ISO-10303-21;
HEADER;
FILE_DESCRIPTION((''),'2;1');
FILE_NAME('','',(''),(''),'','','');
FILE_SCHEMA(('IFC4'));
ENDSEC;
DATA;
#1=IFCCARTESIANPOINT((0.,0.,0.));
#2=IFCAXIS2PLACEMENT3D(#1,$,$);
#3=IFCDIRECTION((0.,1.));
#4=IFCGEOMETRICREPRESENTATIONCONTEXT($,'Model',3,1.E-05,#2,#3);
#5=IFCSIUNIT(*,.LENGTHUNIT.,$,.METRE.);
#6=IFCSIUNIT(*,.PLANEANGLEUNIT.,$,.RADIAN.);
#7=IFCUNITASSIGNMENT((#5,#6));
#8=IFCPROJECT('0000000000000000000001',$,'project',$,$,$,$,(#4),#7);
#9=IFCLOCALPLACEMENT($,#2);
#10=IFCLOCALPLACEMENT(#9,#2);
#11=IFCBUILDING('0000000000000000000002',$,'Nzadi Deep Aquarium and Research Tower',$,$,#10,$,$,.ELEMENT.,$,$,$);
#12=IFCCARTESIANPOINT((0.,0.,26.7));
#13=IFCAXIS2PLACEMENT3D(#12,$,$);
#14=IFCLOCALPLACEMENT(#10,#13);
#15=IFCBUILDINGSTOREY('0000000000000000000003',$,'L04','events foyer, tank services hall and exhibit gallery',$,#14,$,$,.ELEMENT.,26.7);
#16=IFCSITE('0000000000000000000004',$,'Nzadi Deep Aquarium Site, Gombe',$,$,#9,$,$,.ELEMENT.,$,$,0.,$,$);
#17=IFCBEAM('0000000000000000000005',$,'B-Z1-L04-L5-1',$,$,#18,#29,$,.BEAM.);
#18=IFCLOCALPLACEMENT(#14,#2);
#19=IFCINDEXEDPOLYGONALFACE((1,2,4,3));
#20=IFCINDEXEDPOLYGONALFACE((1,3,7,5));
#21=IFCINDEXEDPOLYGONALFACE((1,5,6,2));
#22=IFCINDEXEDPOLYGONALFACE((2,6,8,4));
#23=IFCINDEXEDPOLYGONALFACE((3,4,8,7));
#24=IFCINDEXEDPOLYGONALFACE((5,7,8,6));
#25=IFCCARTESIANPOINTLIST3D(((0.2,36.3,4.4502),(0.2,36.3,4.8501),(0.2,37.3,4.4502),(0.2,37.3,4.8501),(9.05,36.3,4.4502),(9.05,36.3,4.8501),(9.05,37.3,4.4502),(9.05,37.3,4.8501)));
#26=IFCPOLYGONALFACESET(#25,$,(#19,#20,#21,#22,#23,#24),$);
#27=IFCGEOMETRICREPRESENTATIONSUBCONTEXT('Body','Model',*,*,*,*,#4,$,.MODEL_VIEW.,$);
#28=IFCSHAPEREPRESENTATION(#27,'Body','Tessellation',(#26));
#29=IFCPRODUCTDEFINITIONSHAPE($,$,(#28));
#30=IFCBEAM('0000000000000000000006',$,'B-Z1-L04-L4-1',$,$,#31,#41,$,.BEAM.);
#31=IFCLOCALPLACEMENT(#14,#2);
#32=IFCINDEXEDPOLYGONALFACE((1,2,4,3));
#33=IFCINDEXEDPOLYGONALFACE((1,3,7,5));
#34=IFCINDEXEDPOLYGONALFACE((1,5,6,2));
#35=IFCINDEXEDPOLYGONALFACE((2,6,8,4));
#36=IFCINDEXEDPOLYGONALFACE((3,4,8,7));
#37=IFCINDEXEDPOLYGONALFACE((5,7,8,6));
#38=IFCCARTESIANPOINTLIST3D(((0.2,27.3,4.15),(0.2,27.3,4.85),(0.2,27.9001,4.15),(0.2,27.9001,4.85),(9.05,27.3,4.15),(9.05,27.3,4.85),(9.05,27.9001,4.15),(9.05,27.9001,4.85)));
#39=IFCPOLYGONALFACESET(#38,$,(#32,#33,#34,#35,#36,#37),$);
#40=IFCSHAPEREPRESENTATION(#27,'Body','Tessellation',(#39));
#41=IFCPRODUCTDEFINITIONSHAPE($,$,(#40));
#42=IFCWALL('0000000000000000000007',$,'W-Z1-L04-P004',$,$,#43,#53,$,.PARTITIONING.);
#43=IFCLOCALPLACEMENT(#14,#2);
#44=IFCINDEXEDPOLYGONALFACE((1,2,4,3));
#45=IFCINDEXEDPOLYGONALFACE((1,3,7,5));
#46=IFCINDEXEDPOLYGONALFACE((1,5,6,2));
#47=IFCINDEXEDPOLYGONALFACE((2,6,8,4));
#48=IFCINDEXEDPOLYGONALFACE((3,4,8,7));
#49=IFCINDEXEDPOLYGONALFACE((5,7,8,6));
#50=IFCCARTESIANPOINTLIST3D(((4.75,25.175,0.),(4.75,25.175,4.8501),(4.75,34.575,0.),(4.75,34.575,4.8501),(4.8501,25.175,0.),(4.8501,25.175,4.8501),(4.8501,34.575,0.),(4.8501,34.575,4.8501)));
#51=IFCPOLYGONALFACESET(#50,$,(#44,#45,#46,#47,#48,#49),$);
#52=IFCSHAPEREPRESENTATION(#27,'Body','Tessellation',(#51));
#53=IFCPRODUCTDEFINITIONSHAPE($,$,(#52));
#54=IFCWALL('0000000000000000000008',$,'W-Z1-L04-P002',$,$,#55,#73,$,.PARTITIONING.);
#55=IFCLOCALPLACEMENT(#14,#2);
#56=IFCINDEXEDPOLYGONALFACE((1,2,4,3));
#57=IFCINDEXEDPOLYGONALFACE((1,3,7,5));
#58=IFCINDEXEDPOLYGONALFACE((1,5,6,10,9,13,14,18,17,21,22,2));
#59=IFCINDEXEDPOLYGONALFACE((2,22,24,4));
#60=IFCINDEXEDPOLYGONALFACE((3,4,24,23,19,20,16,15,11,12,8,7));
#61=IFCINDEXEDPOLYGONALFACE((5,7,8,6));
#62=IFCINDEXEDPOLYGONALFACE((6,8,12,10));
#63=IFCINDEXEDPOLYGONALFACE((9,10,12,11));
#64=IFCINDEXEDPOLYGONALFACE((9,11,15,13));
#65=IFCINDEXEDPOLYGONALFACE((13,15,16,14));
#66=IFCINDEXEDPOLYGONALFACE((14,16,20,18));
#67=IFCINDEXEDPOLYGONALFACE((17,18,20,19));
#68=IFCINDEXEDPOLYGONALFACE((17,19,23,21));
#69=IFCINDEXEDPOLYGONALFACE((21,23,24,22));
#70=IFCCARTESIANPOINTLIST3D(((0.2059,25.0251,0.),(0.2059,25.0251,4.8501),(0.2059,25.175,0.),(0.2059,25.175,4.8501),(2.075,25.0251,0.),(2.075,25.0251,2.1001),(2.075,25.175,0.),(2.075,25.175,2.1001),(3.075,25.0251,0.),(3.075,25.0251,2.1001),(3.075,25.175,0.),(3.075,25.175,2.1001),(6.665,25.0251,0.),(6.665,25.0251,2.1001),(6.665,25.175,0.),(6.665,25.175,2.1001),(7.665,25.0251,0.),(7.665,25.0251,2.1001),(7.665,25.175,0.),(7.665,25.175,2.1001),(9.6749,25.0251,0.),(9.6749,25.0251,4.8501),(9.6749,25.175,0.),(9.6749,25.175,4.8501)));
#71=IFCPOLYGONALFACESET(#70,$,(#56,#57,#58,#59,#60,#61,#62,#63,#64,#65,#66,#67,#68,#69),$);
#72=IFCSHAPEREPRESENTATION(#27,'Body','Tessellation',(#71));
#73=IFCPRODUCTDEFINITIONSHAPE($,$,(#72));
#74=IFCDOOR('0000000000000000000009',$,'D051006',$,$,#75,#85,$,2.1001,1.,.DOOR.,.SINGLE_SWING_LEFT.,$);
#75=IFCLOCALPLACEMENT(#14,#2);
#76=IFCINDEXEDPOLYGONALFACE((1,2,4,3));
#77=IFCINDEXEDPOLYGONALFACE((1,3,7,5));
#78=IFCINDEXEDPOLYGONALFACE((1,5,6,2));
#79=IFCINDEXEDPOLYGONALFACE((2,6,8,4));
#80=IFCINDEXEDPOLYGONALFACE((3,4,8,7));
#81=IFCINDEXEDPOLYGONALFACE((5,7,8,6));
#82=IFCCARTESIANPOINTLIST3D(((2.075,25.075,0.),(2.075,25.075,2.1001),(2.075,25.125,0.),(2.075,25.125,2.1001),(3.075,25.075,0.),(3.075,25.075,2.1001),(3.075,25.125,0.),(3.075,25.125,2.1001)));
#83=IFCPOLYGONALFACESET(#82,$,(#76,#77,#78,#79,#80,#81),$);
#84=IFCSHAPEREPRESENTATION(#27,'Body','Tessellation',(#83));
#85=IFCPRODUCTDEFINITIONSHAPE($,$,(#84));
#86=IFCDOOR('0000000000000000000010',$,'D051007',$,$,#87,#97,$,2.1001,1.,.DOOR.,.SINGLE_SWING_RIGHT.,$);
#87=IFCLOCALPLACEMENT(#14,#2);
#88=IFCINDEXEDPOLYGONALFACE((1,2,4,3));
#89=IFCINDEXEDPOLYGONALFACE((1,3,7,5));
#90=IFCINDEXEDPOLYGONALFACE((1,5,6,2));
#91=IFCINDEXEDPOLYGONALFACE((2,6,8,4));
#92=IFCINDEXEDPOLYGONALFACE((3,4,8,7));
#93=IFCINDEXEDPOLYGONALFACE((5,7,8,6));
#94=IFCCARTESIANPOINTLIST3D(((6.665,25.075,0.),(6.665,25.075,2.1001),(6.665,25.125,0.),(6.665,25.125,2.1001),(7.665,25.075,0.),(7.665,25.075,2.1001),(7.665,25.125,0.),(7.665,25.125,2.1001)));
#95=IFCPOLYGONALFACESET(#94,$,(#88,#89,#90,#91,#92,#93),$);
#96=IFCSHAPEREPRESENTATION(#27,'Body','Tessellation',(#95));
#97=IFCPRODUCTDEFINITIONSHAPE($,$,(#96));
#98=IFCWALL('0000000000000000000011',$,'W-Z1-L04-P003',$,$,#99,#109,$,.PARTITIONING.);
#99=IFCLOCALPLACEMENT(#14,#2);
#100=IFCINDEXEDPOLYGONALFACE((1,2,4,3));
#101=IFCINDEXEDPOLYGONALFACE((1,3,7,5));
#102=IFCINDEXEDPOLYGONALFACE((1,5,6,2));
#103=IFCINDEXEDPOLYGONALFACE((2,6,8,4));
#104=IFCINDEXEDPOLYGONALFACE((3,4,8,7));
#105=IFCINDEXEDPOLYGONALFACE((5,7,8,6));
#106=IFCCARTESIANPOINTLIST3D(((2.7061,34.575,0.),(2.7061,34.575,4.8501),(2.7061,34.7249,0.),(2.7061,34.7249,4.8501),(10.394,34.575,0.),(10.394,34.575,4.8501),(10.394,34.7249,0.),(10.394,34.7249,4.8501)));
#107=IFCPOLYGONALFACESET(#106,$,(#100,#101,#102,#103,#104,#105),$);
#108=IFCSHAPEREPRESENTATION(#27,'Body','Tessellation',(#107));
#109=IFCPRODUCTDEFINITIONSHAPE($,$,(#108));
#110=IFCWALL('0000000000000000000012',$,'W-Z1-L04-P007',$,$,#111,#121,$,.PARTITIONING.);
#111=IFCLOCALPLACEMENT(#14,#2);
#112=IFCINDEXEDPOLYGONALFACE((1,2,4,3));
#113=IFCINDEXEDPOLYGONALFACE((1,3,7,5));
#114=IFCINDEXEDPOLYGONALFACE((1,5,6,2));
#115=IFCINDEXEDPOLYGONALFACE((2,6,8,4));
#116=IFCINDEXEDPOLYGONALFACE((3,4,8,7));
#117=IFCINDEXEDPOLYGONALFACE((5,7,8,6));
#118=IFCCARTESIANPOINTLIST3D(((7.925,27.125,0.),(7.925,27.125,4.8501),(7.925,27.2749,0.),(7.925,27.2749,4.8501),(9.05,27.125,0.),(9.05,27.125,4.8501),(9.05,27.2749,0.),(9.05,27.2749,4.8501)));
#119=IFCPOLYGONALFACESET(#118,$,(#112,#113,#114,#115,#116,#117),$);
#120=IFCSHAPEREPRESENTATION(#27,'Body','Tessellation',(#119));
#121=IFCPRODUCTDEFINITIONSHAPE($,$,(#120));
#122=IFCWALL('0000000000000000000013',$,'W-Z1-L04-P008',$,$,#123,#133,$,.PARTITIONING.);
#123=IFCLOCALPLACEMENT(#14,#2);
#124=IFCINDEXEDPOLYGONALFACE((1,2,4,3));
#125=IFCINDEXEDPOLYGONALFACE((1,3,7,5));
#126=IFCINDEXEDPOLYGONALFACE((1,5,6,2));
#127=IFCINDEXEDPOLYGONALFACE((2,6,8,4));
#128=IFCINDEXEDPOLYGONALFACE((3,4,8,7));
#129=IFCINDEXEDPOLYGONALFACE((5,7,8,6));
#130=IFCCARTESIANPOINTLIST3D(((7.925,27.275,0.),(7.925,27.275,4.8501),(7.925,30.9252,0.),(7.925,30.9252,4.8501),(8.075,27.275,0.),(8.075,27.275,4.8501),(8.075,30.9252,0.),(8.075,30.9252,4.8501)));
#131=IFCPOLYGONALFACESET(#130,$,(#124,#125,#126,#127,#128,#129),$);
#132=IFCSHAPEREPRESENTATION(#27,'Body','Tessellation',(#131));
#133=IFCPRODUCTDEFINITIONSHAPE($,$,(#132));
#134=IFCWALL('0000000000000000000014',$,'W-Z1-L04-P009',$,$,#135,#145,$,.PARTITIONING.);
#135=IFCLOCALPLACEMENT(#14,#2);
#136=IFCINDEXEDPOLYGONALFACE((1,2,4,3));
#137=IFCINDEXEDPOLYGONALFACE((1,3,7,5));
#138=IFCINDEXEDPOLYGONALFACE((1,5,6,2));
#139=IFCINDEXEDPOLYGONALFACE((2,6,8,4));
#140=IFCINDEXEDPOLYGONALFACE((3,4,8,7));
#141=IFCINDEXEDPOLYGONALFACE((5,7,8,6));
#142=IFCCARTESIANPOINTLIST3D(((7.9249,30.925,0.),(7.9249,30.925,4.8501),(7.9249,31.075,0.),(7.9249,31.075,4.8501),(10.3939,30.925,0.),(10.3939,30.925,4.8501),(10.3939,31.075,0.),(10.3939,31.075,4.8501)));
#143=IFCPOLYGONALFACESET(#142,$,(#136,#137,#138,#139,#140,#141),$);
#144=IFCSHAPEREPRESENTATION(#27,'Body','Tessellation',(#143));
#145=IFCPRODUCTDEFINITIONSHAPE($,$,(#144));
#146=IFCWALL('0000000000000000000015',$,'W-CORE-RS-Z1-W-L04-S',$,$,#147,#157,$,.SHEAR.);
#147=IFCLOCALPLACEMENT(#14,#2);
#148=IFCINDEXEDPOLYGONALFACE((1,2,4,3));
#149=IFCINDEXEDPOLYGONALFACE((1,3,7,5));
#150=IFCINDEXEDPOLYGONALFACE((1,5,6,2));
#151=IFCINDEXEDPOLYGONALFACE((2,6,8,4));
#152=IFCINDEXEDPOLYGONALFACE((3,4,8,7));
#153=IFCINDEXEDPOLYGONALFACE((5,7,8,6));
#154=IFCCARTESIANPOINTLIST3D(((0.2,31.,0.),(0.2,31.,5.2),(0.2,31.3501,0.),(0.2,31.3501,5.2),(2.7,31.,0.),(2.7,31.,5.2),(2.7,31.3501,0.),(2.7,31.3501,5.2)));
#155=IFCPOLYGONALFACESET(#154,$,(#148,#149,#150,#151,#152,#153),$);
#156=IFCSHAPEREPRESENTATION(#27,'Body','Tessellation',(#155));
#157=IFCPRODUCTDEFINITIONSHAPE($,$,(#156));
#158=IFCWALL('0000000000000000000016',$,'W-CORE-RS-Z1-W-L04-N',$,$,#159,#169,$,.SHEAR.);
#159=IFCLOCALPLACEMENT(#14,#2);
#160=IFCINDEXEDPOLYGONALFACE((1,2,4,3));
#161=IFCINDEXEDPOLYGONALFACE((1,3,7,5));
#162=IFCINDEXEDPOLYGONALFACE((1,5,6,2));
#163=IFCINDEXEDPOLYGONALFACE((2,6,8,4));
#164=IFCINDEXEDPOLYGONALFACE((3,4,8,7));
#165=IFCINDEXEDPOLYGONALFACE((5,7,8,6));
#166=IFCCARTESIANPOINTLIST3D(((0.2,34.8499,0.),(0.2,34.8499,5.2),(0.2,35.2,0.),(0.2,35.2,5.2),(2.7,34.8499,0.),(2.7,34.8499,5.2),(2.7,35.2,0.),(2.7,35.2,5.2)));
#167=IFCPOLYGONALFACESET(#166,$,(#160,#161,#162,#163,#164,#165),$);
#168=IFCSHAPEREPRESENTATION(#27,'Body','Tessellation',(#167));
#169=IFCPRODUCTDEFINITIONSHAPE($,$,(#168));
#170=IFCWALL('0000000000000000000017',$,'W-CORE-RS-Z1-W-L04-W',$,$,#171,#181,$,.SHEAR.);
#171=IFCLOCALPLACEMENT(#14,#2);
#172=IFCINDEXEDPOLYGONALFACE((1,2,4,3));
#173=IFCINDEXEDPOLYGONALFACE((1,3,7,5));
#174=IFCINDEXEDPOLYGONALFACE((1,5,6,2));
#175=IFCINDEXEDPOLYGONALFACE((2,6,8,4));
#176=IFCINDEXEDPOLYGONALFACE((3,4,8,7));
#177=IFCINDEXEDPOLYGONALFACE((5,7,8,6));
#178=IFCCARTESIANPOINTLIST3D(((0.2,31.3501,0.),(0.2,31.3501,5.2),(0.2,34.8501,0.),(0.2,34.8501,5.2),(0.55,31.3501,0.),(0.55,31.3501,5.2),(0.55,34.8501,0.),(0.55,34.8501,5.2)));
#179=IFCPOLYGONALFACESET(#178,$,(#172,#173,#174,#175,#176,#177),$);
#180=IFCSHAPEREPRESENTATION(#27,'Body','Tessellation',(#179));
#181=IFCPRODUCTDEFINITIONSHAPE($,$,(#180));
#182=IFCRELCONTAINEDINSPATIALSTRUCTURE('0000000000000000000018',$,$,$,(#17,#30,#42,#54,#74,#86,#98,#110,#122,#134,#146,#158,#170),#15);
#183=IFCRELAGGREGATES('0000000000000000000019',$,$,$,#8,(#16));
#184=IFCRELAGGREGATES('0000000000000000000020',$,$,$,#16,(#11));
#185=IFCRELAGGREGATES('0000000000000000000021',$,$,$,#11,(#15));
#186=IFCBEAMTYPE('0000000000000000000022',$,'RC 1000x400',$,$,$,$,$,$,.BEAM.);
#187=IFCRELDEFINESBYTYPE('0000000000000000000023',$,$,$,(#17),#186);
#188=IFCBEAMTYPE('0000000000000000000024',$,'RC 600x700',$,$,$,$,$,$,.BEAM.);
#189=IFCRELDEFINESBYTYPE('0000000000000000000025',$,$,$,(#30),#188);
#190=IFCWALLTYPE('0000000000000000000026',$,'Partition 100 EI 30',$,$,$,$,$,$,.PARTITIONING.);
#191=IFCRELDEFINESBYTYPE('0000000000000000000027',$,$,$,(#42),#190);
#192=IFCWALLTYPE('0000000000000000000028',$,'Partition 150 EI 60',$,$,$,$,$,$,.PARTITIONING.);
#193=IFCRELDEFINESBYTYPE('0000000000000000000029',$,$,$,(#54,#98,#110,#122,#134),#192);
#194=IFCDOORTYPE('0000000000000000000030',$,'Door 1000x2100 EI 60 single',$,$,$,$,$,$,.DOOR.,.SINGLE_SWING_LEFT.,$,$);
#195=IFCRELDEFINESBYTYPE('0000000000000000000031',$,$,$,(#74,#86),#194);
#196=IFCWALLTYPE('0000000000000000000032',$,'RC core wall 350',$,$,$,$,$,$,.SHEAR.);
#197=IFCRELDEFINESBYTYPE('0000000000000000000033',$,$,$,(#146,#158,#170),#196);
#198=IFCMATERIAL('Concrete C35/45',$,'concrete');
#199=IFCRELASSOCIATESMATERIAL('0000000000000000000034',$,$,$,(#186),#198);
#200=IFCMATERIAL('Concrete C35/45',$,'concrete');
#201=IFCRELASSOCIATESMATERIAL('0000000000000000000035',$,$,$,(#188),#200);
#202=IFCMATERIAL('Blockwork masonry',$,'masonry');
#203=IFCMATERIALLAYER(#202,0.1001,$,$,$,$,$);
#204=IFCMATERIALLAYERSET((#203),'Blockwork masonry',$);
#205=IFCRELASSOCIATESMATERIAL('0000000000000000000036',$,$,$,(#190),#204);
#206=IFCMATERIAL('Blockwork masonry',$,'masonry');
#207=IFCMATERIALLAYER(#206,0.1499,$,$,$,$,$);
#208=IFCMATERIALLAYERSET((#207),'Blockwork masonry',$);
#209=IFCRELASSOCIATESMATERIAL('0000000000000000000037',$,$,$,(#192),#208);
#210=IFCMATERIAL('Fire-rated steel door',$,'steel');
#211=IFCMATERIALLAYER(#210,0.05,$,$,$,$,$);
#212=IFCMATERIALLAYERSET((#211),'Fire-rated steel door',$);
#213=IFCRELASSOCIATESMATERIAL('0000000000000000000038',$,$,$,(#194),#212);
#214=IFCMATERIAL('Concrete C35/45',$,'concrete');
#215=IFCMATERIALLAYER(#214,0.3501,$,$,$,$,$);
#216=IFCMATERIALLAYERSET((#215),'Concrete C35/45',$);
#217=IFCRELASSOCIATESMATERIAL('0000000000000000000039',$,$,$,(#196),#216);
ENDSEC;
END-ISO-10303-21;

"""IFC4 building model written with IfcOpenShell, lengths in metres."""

from ifc_helpers import new_model, si_unit, direction, frame, frame_2d, origin, origin_2d, place, context, subcontext, project, spatial, rectangle, extrude, material, layer, layer_set, material_profile, profile_set, type_object, element, fill, save


model = new_model("IFC4")

# Units and contexts
model_context = context("Model", 3, precision=1e-05, world=origin(), true_north=direction((0.0, 1.0)))
body_context = subcontext(model_context, "Body", "Model", "MODEL_VIEW")
ifc_project = project(units=[si_unit("LENGTHUNIT", "METRE"), si_unit("PLANEANGLEUNIT", "RADIAN")], contexts=[model_context])

# Site, building, storey
site_placement = place(None, origin())
site = spatial("IfcSite", under=ifc_project, at=site_placement, Name="Nzadi Deep Aquarium Site, Gombe", CompositionType="ELEMENT", RefElevation=0.0)
building_placement = place(site_placement, origin())
building = spatial("IfcBuilding", under=site, at=building_placement, Name="Nzadi Deep Aquarium and Research Tower", CompositionType="ELEMENT")
storey_placement = place(building_placement, frame((0.0, 0.0, 26.7)))
storey = spatial("IfcBuildingStorey", under=building, at=storey_placement, Name="L04", Description="events foyer, tank services hall and exhibit gallery", CompositionType="ELEMENT", Elevation=26.7)

# Beams
ifc_material_1 = material(Name="Concrete C35/45", Category="concrete")
ifc_material_profile_1 = material_profile(ifc_material_1, rectangle(XDim=1.0, YDim=0.3999, at=origin_2d()))
ifc_profile_set_1 = profile_set([ifc_material_profile_1], Name="Concrete C35/45")
beam_type_1 = type_object("IfcBeamType", Name="RC 1000x400", PredefinedType="BEAM", material=ifc_profile_set_1)
beam_1_placement = place(storey_placement, frame((0.2, 36.8, 4.6501), z_axis=(1.0, 0.0, 0.0), x_axis=(0.0, 1.0, 0.0)))
element("IfcBeam", 1, at=beam_1_placement, inside=storey, type_object=beam_type_1, Name="B-Z1-L04-L5-1", PredefinedType="BEAM", context=body_context, shape_type="SweptSolid", body=[
    extrude(rectangle(XDim=1.0, YDim=0.3999, at=origin_2d()), origin(), (0.0, 0.0, 1.0), 8.8501),
])
ifc_material_2 = material(Name="Concrete C35/45", Category="concrete")
ifc_material_profile_2 = material_profile(ifc_material_2, rectangle(XDim=0.6001, YDim=0.7, at=origin_2d()))
ifc_profile_set_2 = profile_set([ifc_material_profile_2], Name="Concrete C35/45")
beam_type_2 = type_object("IfcBeamType", Name="RC 600x700", PredefinedType="BEAM", material=ifc_profile_set_2)
beam_2_placement = place(storey_placement, frame((0.2, 27.6001, 4.5), z_axis=(1.0, 0.0, 0.0), x_axis=(0.0, 1.0, 0.0)))
element("IfcBeam", 2, at=beam_2_placement, inside=storey, type_object=beam_type_2, Name="B-Z1-L04-L4-1", PredefinedType="BEAM", context=body_context, shape_type="SweptSolid", body=[
    extrude(rectangle(XDim=0.6001, YDim=0.7, at=origin_2d()), origin(), (0.0, 0.0, 1.0), 8.8501),
])

# Wall
ifc_material_3 = material(Name="Blockwork masonry", Category="masonry")
ifc_layer_1 = layer(ifc_material_3, 0.1001)
ifc_layer_set_1 = layer_set([ifc_layer_1], Name="Blockwork masonry")
wall_type_1 = type_object("IfcWallType", Name="Partition 100 EI 30", PredefinedType="PARTITIONING", material=ifc_layer_set_1)
wall_1_placement = place(storey_placement, frame((4.8, 25.175, 0.0), z_axis=(0.0, 0.0, 1.0), x_axis=(0.0, 1.0, 0.0)))
element("IfcWall", 3, at=wall_1_placement, inside=storey, type_object=wall_type_1, Name="W-Z1-L04-P004", PredefinedType="PARTITIONING", context=body_context, shape_type="SweptSolid", body=[
    extrude(rectangle(XDim=9.3999, YDim=0.1001, at=frame_2d((4.7, 0.0))), origin(), (0.0, 0.0, 1.0), 4.8501),
])

# Wall, openings, doors
ifc_material_4 = material(Name="Blockwork masonry", Category="masonry")
ifc_layer_2 = layer(ifc_material_4, 0.1499)
ifc_layer_set_2 = layer_set([ifc_layer_2], Name="Blockwork masonry")
wall_type_2 = type_object("IfcWallType", Name="Partition 150 EI 60", PredefinedType="PARTITIONING", material=ifc_layer_set_2)
wall_2_placement = place(storey_placement, frame((0.2061, 25.1001, 0.0), z_axis=(0.0, 0.0, 1.0), x_axis=(1.0, 0.0, 0.0)))
wall_2 = element("IfcWall", 4, at=wall_2_placement, inside=storey, type_object=wall_type_2, Name="W-Z1-L04-P002", PredefinedType="PARTITIONING", context=body_context, shape_type="SweptSolid", body=[
    extrude(rectangle(XDim=9.469, YDim=0.1499, at=frame_2d((4.7344, 0.0))), origin(), (0.0, 0.0, 1.0), 4.8501),
])
opening_1_placement = place(wall_2_placement, frame((1.8689, 0.0, 0.0)))
opening_1 = element("IfcOpeningElement", 5, at=opening_1_placement, cuts=wall_2, PredefinedType="OPENING", context=body_context, shape_type="SweptSolid", body=[
    extrude(rectangle(XDim=1.0, YDim=2.1001, at=frame_2d((0.5, 1.05))), frame((0.0, 0.085, 0.0), z_axis=(0.0, -1.0, 0.0), x_axis=(1.0, 0.0, 0.0)), (0.0, 0.0, 1.0), 0.1699),
])
opening_2_placement = place(wall_2_placement, frame((6.459, 0.0, 0.0)))
opening_2 = element("IfcOpeningElement", 6, at=opening_2_placement, cuts=wall_2, PredefinedType="OPENING", context=body_context, shape_type="SweptSolid", body=[
    extrude(rectangle(XDim=1.0, YDim=2.1001, at=frame_2d((0.5, 1.05))), frame((0.0, 0.085, 0.0), z_axis=(0.0, -1.0, 0.0), x_axis=(1.0, 0.0, 0.0)), (0.0, 0.0, 1.0), 0.1699),
])
ifc_material_5 = material(Name="Fire-rated steel door", Category="steel")
ifc_layer_3 = layer(ifc_material_5, 0.05)
ifc_layer_set_3 = layer_set([ifc_layer_3], Name="Fire-rated steel door")
door_type_1 = type_object("IfcDoorType", Name="Door 1000x2100 EI 60 single", OperationType="SINGLE_SWING_LEFT", PredefinedType="DOOR", material=ifc_layer_set_3)
door_1_placement = place(opening_1_placement, origin())
door_1 = element("IfcDoor", 7, at=door_1_placement, inside=storey, type_object=door_type_1, Name="D051006", OperationType="SINGLE_SWING_LEFT", OverallHeight=2.1001, OverallWidth=1.0, PredefinedType="DOOR", context=body_context, shape_type="SweptSolid", body=[
    extrude(rectangle(XDim=1.0, YDim=2.1001, at=frame_2d((0.5, 1.05))), frame((0.0, 0.0249, 0.0), z_axis=(0.0, -1.0, 0.0), x_axis=(1.0, 0.0, 0.0)), (0.0, 0.0, 1.0), 0.05),
])
fill(opening_1, door_1)
door_2_placement = place(opening_2_placement, origin())
door_2 = element("IfcDoor", 8, at=door_2_placement, inside=storey, type_object=door_type_1, Name="D051007", OperationType="SINGLE_SWING_RIGHT", OverallHeight=2.1001, OverallWidth=1.0, PredefinedType="DOOR", context=body_context, shape_type="SweptSolid", body=[
    extrude(rectangle(XDim=1.0, YDim=2.1001, at=frame_2d((0.5, 1.05))), frame((0.0, 0.0249, 0.0), z_axis=(0.0, -1.0, 0.0), x_axis=(1.0, 0.0, 0.0)), (0.0, 0.0, 1.0), 0.05),
])
fill(opening_2, door_2)

# Walls
wall_3_placement = place(storey_placement, frame((2.7061, 34.6499, 0.0), z_axis=(0.0, 0.0, 1.0), x_axis=(1.0, 0.0, 0.0)))
element("IfcWall", 9, at=wall_3_placement, inside=storey, type_object=wall_type_2, Name="W-Z1-L04-P003", PredefinedType="PARTITIONING", context=body_context, shape_type="SweptSolid", body=[
    extrude(rectangle(XDim=7.688, YDim=0.1499, at=frame_2d((3.844, 0.0))), origin(), (0.0, 0.0, 1.0), 4.8501),
])
wall_4_placement = place(storey_placement, frame((7.925, 27.2, 0.0), z_axis=(0.0, 0.0, 1.0), x_axis=(1.0, 0.0, 0.0)))
element("IfcWall", 10, at=wall_4_placement, inside=storey, type_object=wall_type_2, Name="W-Z1-L04-P007", PredefinedType="PARTITIONING", context=body_context, shape_type="SweptSolid", body=[
    extrude(rectangle(XDim=1.125, YDim=0.1499, at=frame_2d((0.5625, 0.0))), origin(), (0.0, 0.0, 1.0), 4.8501),
])
wall_5_placement = place(storey_placement, frame((8.0, 27.2749, 0.0), z_axis=(0.0, 0.0, 1.0), x_axis=(0.0, 1.0, 0.0)))
element("IfcWall", 11, at=wall_5_placement, inside=storey, type_object=wall_type_2, Name="W-Z1-L04-P008", PredefinedType="PARTITIONING", context=body_context, shape_type="SweptSolid", body=[
    extrude(rectangle(XDim=3.6501, YDim=0.1499, at=frame_2d((1.8252, 0.0))), origin(), (0.0, 0.0, 1.0), 4.8501),
])
wall_6_placement = place(storey_placement, frame((7.925, 31.0, 0.0), z_axis=(0.0, 0.0, 1.0), x_axis=(1.0, 0.0, 0.0)))
element("IfcWall", 12, at=wall_6_placement, inside=storey, type_object=wall_type_2, Name="W-Z1-L04-P009", PredefinedType="PARTITIONING", context=body_context, shape_type="SweptSolid", body=[
    extrude(rectangle(XDim=2.469, YDim=0.1499, at=frame_2d((1.2344, 0.0))), origin(), (0.0, 0.0, 1.0), 4.8501),
])
ifc_material_6 = material(Name="Concrete C35/45", Category="concrete")
ifc_layer_4 = layer(ifc_material_6, 0.3501)
ifc_layer_set_4 = layer_set([ifc_layer_4], Name="Concrete C35/45")
wall_type_3 = type_object("IfcWallType", Name="RC core wall 350", PredefinedType="SHEAR", material=ifc_layer_set_4)
for number, where, z_axis, x_axis, name in (
    (13, (0.2, 31.175, 0.0), (0.0, 0.0, 1.0), (1.0, 0.0, 0.0), "W-CORE-RS-Z1-W-L04-S"),
    (14, (0.2, 35.0249, 0.0), (0.0, 0.0, 1.0), (1.0, 0.0, 0.0), "W-CORE-RS-Z1-W-L04-N"),
):
    element("IfcWall", number, at=place(storey_placement, frame(where, z_axis=z_axis, x_axis=x_axis)), inside=storey, type_object=wall_type_3, Name=name, PredefinedType="SHEAR", context=body_context, shape_type="SweptSolid", body=[
        extrude(rectangle(XDim=2.5, YDim=0.3501, at=frame_2d((1.25, 0.0))), origin(), (0.0, 0.0, 1.0), 5.2),
    ])
for number, where, z_axis, x_axis, name in (
    (15, (0.375, 31.3501, 0.0), (0.0, 0.0, 1.0), (0.0, 1.0, 0.0), "W-CORE-RS-Z1-W-L04-W"),
):
    element("IfcWall", number, at=place(storey_placement, frame(where, z_axis=z_axis, x_axis=x_axis)), inside=storey, type_object=wall_type_3, Name=name, PredefinedType="SHEAR", context=body_context, shape_type="SweptSolid", body=[
        extrude(rectangle(XDim=3.5, YDim=0.3501, at=frame_2d((1.75, 0.0))), origin(), (0.0, 0.0, 1.0), 5.2),
    ])

save(model, "model.ifc")
